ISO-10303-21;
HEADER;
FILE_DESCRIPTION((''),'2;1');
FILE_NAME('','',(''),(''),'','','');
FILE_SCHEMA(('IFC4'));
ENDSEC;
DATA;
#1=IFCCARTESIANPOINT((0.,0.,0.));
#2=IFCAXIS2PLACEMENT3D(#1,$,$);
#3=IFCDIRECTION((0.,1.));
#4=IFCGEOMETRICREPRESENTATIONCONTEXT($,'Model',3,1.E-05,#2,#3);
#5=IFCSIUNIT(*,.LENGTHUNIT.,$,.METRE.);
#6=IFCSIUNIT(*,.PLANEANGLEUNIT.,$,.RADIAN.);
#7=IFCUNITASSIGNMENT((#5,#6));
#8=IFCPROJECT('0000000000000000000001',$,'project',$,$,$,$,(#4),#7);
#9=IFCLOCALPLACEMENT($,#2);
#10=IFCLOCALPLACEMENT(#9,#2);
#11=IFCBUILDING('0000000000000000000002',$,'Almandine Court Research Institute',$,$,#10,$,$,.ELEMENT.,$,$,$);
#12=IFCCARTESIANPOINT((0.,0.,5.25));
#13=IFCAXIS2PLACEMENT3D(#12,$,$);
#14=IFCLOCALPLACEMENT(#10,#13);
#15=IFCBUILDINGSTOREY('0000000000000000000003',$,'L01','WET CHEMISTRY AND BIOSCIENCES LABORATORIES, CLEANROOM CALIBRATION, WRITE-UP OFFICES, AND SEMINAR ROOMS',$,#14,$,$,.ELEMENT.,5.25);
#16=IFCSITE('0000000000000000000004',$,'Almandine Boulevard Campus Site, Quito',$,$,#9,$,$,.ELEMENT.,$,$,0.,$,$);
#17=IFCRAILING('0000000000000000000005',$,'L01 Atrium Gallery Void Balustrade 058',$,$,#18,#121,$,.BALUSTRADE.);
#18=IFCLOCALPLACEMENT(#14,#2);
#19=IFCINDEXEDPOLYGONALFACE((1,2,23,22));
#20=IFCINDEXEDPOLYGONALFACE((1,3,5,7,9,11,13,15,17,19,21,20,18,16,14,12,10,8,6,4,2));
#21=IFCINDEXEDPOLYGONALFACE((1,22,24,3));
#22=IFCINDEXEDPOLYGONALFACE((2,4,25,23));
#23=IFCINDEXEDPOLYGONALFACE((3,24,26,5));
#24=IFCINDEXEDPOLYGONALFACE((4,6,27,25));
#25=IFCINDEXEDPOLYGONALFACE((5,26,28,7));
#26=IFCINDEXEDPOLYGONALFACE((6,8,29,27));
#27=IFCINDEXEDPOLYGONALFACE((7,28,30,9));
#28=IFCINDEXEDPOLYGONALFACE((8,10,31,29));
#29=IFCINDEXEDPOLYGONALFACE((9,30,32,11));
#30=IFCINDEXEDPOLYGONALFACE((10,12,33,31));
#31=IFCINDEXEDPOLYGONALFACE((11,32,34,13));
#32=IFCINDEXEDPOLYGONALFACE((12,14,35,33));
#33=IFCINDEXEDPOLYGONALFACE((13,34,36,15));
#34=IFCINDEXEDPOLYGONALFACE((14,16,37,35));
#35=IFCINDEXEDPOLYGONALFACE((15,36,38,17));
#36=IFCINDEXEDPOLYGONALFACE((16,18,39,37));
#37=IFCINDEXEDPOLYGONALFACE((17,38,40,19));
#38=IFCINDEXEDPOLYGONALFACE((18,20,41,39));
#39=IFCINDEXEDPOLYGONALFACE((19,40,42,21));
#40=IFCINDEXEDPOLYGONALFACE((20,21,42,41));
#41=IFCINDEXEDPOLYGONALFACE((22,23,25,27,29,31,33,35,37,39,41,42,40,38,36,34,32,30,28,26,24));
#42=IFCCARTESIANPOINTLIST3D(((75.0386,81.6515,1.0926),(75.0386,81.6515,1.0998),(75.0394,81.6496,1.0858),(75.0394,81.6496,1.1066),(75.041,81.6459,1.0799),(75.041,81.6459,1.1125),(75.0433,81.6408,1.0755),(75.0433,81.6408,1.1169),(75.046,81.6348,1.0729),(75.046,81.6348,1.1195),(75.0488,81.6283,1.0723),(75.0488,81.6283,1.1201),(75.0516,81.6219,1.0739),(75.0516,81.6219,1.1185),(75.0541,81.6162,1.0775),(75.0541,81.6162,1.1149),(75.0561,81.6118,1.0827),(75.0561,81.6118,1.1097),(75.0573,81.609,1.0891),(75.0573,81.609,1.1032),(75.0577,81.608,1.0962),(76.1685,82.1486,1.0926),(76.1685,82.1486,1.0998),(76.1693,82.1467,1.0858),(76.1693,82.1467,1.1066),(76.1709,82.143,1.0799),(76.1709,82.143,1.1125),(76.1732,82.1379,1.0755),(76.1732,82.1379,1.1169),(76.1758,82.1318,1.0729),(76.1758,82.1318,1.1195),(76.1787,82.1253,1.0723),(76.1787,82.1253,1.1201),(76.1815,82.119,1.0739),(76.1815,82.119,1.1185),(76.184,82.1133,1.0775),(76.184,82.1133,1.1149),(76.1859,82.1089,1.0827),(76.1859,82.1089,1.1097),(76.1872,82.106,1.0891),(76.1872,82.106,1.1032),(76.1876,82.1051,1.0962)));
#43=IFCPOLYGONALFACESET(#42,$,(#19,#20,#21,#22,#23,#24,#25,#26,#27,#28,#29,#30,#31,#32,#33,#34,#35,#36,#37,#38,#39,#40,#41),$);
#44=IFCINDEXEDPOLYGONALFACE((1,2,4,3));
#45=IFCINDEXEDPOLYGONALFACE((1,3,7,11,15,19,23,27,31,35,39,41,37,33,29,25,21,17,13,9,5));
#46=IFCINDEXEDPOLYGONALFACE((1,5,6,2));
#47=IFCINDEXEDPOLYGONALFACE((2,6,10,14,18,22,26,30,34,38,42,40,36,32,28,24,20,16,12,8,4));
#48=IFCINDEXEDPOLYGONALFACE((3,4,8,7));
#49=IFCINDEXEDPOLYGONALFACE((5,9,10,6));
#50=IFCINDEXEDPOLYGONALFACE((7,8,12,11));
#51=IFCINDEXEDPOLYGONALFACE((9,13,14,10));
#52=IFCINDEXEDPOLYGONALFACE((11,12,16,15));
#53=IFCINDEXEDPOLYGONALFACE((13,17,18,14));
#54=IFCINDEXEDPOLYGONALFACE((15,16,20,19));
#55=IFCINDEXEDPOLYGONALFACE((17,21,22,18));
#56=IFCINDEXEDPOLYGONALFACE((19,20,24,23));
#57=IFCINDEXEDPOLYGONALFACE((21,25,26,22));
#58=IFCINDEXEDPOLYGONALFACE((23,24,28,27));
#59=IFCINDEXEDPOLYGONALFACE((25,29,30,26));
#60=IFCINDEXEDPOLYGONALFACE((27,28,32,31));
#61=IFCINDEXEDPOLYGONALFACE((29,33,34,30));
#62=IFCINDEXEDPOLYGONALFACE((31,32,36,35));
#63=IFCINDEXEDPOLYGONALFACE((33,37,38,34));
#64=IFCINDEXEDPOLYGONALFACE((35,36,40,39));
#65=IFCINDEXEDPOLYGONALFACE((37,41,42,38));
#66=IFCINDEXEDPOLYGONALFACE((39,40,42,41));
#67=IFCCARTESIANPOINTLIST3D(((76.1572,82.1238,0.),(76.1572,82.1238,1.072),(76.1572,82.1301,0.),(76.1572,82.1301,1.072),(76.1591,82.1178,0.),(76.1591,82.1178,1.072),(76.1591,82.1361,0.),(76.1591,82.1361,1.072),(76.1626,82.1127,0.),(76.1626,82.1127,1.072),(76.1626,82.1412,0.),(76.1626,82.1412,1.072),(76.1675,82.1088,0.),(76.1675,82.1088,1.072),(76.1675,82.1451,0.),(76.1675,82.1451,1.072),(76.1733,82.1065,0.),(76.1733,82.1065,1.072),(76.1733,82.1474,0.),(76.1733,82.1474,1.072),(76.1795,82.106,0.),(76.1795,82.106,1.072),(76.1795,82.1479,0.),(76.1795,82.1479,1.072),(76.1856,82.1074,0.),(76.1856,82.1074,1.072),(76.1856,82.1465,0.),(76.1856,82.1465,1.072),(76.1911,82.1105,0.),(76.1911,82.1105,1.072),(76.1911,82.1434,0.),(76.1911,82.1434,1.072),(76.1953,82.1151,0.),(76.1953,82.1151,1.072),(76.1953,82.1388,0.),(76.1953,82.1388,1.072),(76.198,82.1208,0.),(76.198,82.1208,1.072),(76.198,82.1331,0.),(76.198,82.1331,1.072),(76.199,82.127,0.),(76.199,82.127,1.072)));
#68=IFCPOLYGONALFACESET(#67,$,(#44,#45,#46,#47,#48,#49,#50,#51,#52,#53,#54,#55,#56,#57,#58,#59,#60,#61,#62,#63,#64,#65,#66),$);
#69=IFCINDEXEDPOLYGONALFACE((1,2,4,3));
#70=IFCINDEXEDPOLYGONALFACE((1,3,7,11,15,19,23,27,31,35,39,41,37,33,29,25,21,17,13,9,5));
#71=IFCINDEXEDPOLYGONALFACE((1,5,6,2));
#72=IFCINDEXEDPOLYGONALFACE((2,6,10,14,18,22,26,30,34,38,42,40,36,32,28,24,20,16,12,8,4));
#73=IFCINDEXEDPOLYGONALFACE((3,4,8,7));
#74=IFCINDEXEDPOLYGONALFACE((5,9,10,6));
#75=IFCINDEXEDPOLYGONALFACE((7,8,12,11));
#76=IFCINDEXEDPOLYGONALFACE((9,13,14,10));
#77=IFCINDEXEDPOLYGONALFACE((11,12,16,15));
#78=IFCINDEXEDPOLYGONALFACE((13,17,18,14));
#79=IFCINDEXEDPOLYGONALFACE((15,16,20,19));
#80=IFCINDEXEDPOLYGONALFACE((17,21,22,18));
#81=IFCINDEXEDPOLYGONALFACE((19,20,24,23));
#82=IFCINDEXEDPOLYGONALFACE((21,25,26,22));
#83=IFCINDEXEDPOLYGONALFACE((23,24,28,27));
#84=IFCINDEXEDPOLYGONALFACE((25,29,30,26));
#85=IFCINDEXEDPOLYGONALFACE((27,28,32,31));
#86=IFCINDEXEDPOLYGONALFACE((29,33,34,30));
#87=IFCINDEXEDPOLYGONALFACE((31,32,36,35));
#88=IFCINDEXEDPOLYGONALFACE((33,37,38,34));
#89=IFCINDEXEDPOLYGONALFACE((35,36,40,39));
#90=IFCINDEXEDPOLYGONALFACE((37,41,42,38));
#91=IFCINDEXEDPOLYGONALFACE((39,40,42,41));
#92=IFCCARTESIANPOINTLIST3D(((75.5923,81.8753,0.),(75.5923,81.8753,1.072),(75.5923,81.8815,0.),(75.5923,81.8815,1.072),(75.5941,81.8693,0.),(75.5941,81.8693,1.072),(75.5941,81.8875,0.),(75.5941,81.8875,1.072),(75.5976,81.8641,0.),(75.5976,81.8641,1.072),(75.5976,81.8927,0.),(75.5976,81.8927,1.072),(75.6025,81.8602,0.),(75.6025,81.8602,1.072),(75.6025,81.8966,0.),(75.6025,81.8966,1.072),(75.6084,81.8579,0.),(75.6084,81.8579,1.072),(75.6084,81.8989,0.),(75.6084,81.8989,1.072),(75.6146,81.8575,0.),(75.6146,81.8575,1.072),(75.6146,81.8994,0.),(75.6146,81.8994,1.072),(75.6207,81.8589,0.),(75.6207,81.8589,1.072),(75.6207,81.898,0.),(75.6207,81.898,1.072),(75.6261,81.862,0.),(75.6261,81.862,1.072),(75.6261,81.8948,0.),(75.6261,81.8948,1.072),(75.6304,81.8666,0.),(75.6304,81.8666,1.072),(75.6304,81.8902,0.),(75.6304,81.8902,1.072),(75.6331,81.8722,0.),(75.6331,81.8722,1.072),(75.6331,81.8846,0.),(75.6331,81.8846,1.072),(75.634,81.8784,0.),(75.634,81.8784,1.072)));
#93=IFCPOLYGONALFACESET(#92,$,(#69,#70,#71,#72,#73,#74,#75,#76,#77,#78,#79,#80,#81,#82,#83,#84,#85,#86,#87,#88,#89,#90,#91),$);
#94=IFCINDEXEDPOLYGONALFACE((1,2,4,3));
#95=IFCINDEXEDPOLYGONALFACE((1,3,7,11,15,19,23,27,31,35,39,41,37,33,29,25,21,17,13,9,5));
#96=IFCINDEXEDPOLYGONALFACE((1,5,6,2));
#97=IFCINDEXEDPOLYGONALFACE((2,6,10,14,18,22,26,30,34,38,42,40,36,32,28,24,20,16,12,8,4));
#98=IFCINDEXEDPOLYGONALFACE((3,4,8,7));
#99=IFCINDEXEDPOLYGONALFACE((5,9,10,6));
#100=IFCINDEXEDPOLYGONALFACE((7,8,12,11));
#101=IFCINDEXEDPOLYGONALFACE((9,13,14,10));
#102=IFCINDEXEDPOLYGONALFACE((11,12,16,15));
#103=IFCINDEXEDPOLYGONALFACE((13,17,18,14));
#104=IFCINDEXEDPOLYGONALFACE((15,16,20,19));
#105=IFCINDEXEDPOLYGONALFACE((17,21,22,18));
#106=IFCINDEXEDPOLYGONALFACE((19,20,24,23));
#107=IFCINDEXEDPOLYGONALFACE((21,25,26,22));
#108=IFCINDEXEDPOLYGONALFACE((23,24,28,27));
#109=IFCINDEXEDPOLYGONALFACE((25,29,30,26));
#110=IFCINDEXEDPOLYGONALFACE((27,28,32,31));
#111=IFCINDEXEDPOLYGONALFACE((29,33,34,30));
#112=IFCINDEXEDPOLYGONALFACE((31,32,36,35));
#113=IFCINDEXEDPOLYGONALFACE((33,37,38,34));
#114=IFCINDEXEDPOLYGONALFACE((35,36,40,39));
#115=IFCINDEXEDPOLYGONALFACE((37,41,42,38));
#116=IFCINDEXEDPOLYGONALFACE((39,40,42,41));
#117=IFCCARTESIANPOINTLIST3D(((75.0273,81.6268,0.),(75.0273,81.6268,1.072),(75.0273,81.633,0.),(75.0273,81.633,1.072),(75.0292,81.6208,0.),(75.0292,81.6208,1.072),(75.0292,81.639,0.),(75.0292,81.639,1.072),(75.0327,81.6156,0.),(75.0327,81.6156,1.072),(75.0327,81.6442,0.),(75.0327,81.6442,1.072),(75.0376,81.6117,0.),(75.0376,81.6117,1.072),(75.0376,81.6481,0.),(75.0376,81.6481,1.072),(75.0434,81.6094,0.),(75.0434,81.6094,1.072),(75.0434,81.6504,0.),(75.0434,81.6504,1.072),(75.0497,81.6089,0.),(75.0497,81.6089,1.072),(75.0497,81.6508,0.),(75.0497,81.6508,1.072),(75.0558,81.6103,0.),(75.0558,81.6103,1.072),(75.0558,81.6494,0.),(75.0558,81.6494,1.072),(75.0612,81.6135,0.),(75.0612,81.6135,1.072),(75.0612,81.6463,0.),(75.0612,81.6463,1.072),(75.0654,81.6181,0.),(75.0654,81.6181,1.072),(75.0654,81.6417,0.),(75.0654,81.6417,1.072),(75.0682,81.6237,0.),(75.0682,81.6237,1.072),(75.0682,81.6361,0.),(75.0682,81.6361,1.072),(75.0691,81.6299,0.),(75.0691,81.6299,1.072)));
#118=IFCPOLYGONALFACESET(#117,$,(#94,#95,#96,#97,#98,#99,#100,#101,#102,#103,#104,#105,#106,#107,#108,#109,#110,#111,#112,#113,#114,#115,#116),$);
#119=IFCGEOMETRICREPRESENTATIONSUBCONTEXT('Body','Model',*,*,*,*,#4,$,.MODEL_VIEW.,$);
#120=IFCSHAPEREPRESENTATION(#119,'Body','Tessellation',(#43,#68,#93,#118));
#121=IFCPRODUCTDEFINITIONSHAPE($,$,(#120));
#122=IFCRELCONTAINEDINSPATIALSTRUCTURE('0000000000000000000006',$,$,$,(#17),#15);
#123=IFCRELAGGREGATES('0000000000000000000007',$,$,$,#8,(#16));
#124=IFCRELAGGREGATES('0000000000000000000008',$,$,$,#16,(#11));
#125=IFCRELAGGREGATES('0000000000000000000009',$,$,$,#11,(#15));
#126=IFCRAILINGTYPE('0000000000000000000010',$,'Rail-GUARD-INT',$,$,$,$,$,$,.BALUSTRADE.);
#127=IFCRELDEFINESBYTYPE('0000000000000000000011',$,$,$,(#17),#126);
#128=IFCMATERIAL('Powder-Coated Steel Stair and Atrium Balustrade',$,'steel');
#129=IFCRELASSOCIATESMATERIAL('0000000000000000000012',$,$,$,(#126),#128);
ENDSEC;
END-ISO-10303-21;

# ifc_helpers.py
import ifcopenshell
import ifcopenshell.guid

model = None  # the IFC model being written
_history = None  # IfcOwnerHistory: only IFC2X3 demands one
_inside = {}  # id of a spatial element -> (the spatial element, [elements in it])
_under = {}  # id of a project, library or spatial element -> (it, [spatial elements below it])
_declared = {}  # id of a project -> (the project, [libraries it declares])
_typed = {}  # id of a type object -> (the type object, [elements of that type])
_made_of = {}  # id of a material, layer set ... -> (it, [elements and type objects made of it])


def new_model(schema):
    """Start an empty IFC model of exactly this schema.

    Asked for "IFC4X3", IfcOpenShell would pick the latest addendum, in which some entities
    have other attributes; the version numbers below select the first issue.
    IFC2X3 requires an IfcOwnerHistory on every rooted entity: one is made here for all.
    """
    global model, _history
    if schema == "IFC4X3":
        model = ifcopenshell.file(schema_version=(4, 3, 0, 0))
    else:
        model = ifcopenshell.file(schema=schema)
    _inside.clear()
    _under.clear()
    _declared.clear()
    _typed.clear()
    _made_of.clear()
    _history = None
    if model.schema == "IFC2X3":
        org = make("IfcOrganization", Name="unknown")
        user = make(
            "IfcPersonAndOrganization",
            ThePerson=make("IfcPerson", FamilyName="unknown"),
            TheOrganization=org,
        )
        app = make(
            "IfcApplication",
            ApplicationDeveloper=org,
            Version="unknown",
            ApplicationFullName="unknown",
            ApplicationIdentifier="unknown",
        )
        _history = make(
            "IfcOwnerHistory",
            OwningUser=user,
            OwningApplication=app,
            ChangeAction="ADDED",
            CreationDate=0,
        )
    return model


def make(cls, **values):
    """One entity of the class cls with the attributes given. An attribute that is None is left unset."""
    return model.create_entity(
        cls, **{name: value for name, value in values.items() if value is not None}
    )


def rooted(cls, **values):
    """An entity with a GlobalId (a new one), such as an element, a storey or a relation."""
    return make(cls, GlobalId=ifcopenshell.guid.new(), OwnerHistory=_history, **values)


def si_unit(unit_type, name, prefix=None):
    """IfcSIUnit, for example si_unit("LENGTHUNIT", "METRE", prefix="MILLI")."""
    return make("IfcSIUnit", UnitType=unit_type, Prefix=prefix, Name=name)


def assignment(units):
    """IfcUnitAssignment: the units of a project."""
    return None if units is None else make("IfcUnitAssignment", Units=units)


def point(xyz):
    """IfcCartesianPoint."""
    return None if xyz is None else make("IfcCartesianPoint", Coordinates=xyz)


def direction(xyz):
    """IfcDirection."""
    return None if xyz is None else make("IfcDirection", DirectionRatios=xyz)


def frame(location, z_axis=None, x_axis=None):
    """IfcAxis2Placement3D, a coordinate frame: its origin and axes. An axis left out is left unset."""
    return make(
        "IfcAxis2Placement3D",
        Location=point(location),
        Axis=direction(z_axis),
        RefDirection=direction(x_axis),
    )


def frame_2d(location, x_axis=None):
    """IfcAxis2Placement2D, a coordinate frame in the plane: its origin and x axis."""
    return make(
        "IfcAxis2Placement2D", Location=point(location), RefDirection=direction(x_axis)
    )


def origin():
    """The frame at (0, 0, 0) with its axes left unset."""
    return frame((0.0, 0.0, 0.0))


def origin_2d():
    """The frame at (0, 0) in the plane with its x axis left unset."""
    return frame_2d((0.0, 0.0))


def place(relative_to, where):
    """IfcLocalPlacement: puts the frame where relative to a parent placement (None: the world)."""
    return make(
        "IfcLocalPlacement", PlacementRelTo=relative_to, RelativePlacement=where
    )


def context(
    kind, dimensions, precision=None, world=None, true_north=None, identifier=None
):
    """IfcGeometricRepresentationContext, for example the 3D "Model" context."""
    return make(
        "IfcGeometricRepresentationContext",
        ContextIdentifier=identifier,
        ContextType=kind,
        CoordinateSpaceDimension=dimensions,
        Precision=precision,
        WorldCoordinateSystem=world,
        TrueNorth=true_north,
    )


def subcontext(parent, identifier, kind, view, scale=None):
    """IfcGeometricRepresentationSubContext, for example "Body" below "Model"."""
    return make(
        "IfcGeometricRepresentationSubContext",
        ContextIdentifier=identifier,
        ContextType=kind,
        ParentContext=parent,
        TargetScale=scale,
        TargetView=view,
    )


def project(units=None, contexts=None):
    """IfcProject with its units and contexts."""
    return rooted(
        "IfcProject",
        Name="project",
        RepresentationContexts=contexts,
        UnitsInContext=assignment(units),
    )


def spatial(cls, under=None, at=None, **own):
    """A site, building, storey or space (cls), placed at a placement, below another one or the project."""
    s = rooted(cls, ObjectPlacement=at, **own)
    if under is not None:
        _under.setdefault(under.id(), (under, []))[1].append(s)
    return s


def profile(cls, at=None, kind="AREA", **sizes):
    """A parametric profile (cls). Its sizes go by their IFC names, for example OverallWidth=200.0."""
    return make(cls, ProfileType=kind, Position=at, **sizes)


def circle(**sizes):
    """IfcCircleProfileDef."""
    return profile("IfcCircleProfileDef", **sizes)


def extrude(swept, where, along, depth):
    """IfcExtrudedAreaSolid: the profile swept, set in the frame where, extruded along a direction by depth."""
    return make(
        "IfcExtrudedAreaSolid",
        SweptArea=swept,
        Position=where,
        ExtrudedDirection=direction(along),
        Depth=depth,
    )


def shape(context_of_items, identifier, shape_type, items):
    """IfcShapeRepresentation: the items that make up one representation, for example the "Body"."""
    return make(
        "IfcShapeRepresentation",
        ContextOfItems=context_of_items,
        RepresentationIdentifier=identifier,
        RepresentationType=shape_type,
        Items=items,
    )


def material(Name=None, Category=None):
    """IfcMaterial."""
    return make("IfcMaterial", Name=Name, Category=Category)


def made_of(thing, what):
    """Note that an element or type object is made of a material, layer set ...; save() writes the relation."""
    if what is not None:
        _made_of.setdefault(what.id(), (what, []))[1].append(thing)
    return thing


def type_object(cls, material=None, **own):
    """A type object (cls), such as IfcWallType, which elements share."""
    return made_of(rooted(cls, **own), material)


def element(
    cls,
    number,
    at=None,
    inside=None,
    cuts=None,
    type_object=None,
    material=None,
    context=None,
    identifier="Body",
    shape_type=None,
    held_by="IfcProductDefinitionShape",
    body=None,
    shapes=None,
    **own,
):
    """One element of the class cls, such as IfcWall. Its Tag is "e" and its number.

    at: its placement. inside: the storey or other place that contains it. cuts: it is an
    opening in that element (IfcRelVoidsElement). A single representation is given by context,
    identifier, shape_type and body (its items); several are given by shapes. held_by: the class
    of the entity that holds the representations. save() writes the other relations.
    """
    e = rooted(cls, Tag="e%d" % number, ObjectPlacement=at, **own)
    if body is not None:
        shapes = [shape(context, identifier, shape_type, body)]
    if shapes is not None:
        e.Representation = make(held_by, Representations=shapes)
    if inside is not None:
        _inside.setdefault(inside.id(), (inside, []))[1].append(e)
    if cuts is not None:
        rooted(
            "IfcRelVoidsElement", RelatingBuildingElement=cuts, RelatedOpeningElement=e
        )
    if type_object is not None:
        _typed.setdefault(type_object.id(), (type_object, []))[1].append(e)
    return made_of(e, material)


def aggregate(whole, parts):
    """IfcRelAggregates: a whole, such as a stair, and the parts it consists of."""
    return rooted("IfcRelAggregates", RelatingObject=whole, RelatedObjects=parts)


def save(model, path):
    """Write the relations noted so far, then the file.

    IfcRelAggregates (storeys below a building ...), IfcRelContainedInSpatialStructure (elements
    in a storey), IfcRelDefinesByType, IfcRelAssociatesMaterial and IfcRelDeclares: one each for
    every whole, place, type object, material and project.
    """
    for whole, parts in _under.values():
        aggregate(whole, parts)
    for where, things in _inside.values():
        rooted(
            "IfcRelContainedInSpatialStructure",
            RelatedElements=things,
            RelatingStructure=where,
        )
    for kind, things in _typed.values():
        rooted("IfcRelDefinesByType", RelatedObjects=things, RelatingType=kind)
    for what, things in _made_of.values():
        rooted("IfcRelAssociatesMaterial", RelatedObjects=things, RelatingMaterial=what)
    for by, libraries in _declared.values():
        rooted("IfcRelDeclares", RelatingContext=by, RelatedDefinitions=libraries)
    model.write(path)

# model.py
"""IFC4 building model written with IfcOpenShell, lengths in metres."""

from ifc_helpers import new_model, si_unit, direction, frame, origin, origin_2d, place, context, subcontext, project, spatial, circle, extrude, material, type_object, element, save


model = new_model("IFC4")

# Units and contexts
model_context = context("Model", 3, precision=1e-05, world=origin(), true_north=direction((0.0, 1.0)))
body_context = subcontext(model_context, "Body", "Model", "MODEL_VIEW")
ifc_project = project(units=[si_unit("LENGTHUNIT", "METRE"), si_unit("PLANEANGLEUNIT", "RADIAN")], contexts=[model_context])

# Site, building, storey
site_placement = place(None, origin())
site = spatial("IfcSite", under=ifc_project, at=site_placement, Name="Almandine Boulevard Campus Site, Quito", CompositionType="ELEMENT", RefElevation=0.0)
building_placement = place(site_placement, origin())
building = spatial("IfcBuilding", under=site, at=building_placement, Name="Almandine Court Research Institute", CompositionType="ELEMENT")
storey_placement = place(building_placement, frame((0.0, 0.0, 5.25)))
storey = spatial("IfcBuildingStorey", under=building, at=storey_placement, Name="L01", Description="WET CHEMISTRY AND BIOSCIENCES LABORATORIES, CLEANROOM CALIBRATION, WRITE-UP OFFICES, AND SEMINAR ROOMS", CompositionType="ELEMENT", Elevation=5.25)

# Railing
ifc_material_1 = material(Name="Powder-Coated Steel Stair and Atrium Balustrade", Category="steel")
railing_type = type_object("IfcRailingType", Name="Rail-GUARD-INT", PredefinedType="BALUSTRADE", material=ifc_material_1)
railing_1_placement = place(storey_placement, frame((76.178, 82.127, 0.0)))
element("IfcRailing", 1, at=railing_1_placement, inside=storey, type_object=railing_type, Name="L01 Atrium Gallery Void Balustrade 058", PredefinedType="BALUSTRADE", context=body_context, shape_type="SweptSolid", body=[
    extrude(circle(Radius=0.0239, at=origin_2d()), frame((0.0, 0.0, 1.0962), z_axis=(-0.915338, -0.402686, 0.0), x_axis=(0.402686, -0.915338, 0.0)), (0.0, 0.0, 1.0), 1.2344),
    extrude(circle(Radius=0.021, at=origin_2d()), origin(), (0.0, 0.0, 1.0), 1.072),
    extrude(circle(Radius=0.021, at=origin_2d()), frame((-0.5649, -0.2485, 0.0)), (0.0, 0.0, 1.0), 1.072),
    extrude(circle(Radius=0.021, at=origin_2d()), frame((-1.1299, -0.4971, 0.0)), (0.0, 0.0, 1.0), 1.072),
])

save(model, "model.ifc")
